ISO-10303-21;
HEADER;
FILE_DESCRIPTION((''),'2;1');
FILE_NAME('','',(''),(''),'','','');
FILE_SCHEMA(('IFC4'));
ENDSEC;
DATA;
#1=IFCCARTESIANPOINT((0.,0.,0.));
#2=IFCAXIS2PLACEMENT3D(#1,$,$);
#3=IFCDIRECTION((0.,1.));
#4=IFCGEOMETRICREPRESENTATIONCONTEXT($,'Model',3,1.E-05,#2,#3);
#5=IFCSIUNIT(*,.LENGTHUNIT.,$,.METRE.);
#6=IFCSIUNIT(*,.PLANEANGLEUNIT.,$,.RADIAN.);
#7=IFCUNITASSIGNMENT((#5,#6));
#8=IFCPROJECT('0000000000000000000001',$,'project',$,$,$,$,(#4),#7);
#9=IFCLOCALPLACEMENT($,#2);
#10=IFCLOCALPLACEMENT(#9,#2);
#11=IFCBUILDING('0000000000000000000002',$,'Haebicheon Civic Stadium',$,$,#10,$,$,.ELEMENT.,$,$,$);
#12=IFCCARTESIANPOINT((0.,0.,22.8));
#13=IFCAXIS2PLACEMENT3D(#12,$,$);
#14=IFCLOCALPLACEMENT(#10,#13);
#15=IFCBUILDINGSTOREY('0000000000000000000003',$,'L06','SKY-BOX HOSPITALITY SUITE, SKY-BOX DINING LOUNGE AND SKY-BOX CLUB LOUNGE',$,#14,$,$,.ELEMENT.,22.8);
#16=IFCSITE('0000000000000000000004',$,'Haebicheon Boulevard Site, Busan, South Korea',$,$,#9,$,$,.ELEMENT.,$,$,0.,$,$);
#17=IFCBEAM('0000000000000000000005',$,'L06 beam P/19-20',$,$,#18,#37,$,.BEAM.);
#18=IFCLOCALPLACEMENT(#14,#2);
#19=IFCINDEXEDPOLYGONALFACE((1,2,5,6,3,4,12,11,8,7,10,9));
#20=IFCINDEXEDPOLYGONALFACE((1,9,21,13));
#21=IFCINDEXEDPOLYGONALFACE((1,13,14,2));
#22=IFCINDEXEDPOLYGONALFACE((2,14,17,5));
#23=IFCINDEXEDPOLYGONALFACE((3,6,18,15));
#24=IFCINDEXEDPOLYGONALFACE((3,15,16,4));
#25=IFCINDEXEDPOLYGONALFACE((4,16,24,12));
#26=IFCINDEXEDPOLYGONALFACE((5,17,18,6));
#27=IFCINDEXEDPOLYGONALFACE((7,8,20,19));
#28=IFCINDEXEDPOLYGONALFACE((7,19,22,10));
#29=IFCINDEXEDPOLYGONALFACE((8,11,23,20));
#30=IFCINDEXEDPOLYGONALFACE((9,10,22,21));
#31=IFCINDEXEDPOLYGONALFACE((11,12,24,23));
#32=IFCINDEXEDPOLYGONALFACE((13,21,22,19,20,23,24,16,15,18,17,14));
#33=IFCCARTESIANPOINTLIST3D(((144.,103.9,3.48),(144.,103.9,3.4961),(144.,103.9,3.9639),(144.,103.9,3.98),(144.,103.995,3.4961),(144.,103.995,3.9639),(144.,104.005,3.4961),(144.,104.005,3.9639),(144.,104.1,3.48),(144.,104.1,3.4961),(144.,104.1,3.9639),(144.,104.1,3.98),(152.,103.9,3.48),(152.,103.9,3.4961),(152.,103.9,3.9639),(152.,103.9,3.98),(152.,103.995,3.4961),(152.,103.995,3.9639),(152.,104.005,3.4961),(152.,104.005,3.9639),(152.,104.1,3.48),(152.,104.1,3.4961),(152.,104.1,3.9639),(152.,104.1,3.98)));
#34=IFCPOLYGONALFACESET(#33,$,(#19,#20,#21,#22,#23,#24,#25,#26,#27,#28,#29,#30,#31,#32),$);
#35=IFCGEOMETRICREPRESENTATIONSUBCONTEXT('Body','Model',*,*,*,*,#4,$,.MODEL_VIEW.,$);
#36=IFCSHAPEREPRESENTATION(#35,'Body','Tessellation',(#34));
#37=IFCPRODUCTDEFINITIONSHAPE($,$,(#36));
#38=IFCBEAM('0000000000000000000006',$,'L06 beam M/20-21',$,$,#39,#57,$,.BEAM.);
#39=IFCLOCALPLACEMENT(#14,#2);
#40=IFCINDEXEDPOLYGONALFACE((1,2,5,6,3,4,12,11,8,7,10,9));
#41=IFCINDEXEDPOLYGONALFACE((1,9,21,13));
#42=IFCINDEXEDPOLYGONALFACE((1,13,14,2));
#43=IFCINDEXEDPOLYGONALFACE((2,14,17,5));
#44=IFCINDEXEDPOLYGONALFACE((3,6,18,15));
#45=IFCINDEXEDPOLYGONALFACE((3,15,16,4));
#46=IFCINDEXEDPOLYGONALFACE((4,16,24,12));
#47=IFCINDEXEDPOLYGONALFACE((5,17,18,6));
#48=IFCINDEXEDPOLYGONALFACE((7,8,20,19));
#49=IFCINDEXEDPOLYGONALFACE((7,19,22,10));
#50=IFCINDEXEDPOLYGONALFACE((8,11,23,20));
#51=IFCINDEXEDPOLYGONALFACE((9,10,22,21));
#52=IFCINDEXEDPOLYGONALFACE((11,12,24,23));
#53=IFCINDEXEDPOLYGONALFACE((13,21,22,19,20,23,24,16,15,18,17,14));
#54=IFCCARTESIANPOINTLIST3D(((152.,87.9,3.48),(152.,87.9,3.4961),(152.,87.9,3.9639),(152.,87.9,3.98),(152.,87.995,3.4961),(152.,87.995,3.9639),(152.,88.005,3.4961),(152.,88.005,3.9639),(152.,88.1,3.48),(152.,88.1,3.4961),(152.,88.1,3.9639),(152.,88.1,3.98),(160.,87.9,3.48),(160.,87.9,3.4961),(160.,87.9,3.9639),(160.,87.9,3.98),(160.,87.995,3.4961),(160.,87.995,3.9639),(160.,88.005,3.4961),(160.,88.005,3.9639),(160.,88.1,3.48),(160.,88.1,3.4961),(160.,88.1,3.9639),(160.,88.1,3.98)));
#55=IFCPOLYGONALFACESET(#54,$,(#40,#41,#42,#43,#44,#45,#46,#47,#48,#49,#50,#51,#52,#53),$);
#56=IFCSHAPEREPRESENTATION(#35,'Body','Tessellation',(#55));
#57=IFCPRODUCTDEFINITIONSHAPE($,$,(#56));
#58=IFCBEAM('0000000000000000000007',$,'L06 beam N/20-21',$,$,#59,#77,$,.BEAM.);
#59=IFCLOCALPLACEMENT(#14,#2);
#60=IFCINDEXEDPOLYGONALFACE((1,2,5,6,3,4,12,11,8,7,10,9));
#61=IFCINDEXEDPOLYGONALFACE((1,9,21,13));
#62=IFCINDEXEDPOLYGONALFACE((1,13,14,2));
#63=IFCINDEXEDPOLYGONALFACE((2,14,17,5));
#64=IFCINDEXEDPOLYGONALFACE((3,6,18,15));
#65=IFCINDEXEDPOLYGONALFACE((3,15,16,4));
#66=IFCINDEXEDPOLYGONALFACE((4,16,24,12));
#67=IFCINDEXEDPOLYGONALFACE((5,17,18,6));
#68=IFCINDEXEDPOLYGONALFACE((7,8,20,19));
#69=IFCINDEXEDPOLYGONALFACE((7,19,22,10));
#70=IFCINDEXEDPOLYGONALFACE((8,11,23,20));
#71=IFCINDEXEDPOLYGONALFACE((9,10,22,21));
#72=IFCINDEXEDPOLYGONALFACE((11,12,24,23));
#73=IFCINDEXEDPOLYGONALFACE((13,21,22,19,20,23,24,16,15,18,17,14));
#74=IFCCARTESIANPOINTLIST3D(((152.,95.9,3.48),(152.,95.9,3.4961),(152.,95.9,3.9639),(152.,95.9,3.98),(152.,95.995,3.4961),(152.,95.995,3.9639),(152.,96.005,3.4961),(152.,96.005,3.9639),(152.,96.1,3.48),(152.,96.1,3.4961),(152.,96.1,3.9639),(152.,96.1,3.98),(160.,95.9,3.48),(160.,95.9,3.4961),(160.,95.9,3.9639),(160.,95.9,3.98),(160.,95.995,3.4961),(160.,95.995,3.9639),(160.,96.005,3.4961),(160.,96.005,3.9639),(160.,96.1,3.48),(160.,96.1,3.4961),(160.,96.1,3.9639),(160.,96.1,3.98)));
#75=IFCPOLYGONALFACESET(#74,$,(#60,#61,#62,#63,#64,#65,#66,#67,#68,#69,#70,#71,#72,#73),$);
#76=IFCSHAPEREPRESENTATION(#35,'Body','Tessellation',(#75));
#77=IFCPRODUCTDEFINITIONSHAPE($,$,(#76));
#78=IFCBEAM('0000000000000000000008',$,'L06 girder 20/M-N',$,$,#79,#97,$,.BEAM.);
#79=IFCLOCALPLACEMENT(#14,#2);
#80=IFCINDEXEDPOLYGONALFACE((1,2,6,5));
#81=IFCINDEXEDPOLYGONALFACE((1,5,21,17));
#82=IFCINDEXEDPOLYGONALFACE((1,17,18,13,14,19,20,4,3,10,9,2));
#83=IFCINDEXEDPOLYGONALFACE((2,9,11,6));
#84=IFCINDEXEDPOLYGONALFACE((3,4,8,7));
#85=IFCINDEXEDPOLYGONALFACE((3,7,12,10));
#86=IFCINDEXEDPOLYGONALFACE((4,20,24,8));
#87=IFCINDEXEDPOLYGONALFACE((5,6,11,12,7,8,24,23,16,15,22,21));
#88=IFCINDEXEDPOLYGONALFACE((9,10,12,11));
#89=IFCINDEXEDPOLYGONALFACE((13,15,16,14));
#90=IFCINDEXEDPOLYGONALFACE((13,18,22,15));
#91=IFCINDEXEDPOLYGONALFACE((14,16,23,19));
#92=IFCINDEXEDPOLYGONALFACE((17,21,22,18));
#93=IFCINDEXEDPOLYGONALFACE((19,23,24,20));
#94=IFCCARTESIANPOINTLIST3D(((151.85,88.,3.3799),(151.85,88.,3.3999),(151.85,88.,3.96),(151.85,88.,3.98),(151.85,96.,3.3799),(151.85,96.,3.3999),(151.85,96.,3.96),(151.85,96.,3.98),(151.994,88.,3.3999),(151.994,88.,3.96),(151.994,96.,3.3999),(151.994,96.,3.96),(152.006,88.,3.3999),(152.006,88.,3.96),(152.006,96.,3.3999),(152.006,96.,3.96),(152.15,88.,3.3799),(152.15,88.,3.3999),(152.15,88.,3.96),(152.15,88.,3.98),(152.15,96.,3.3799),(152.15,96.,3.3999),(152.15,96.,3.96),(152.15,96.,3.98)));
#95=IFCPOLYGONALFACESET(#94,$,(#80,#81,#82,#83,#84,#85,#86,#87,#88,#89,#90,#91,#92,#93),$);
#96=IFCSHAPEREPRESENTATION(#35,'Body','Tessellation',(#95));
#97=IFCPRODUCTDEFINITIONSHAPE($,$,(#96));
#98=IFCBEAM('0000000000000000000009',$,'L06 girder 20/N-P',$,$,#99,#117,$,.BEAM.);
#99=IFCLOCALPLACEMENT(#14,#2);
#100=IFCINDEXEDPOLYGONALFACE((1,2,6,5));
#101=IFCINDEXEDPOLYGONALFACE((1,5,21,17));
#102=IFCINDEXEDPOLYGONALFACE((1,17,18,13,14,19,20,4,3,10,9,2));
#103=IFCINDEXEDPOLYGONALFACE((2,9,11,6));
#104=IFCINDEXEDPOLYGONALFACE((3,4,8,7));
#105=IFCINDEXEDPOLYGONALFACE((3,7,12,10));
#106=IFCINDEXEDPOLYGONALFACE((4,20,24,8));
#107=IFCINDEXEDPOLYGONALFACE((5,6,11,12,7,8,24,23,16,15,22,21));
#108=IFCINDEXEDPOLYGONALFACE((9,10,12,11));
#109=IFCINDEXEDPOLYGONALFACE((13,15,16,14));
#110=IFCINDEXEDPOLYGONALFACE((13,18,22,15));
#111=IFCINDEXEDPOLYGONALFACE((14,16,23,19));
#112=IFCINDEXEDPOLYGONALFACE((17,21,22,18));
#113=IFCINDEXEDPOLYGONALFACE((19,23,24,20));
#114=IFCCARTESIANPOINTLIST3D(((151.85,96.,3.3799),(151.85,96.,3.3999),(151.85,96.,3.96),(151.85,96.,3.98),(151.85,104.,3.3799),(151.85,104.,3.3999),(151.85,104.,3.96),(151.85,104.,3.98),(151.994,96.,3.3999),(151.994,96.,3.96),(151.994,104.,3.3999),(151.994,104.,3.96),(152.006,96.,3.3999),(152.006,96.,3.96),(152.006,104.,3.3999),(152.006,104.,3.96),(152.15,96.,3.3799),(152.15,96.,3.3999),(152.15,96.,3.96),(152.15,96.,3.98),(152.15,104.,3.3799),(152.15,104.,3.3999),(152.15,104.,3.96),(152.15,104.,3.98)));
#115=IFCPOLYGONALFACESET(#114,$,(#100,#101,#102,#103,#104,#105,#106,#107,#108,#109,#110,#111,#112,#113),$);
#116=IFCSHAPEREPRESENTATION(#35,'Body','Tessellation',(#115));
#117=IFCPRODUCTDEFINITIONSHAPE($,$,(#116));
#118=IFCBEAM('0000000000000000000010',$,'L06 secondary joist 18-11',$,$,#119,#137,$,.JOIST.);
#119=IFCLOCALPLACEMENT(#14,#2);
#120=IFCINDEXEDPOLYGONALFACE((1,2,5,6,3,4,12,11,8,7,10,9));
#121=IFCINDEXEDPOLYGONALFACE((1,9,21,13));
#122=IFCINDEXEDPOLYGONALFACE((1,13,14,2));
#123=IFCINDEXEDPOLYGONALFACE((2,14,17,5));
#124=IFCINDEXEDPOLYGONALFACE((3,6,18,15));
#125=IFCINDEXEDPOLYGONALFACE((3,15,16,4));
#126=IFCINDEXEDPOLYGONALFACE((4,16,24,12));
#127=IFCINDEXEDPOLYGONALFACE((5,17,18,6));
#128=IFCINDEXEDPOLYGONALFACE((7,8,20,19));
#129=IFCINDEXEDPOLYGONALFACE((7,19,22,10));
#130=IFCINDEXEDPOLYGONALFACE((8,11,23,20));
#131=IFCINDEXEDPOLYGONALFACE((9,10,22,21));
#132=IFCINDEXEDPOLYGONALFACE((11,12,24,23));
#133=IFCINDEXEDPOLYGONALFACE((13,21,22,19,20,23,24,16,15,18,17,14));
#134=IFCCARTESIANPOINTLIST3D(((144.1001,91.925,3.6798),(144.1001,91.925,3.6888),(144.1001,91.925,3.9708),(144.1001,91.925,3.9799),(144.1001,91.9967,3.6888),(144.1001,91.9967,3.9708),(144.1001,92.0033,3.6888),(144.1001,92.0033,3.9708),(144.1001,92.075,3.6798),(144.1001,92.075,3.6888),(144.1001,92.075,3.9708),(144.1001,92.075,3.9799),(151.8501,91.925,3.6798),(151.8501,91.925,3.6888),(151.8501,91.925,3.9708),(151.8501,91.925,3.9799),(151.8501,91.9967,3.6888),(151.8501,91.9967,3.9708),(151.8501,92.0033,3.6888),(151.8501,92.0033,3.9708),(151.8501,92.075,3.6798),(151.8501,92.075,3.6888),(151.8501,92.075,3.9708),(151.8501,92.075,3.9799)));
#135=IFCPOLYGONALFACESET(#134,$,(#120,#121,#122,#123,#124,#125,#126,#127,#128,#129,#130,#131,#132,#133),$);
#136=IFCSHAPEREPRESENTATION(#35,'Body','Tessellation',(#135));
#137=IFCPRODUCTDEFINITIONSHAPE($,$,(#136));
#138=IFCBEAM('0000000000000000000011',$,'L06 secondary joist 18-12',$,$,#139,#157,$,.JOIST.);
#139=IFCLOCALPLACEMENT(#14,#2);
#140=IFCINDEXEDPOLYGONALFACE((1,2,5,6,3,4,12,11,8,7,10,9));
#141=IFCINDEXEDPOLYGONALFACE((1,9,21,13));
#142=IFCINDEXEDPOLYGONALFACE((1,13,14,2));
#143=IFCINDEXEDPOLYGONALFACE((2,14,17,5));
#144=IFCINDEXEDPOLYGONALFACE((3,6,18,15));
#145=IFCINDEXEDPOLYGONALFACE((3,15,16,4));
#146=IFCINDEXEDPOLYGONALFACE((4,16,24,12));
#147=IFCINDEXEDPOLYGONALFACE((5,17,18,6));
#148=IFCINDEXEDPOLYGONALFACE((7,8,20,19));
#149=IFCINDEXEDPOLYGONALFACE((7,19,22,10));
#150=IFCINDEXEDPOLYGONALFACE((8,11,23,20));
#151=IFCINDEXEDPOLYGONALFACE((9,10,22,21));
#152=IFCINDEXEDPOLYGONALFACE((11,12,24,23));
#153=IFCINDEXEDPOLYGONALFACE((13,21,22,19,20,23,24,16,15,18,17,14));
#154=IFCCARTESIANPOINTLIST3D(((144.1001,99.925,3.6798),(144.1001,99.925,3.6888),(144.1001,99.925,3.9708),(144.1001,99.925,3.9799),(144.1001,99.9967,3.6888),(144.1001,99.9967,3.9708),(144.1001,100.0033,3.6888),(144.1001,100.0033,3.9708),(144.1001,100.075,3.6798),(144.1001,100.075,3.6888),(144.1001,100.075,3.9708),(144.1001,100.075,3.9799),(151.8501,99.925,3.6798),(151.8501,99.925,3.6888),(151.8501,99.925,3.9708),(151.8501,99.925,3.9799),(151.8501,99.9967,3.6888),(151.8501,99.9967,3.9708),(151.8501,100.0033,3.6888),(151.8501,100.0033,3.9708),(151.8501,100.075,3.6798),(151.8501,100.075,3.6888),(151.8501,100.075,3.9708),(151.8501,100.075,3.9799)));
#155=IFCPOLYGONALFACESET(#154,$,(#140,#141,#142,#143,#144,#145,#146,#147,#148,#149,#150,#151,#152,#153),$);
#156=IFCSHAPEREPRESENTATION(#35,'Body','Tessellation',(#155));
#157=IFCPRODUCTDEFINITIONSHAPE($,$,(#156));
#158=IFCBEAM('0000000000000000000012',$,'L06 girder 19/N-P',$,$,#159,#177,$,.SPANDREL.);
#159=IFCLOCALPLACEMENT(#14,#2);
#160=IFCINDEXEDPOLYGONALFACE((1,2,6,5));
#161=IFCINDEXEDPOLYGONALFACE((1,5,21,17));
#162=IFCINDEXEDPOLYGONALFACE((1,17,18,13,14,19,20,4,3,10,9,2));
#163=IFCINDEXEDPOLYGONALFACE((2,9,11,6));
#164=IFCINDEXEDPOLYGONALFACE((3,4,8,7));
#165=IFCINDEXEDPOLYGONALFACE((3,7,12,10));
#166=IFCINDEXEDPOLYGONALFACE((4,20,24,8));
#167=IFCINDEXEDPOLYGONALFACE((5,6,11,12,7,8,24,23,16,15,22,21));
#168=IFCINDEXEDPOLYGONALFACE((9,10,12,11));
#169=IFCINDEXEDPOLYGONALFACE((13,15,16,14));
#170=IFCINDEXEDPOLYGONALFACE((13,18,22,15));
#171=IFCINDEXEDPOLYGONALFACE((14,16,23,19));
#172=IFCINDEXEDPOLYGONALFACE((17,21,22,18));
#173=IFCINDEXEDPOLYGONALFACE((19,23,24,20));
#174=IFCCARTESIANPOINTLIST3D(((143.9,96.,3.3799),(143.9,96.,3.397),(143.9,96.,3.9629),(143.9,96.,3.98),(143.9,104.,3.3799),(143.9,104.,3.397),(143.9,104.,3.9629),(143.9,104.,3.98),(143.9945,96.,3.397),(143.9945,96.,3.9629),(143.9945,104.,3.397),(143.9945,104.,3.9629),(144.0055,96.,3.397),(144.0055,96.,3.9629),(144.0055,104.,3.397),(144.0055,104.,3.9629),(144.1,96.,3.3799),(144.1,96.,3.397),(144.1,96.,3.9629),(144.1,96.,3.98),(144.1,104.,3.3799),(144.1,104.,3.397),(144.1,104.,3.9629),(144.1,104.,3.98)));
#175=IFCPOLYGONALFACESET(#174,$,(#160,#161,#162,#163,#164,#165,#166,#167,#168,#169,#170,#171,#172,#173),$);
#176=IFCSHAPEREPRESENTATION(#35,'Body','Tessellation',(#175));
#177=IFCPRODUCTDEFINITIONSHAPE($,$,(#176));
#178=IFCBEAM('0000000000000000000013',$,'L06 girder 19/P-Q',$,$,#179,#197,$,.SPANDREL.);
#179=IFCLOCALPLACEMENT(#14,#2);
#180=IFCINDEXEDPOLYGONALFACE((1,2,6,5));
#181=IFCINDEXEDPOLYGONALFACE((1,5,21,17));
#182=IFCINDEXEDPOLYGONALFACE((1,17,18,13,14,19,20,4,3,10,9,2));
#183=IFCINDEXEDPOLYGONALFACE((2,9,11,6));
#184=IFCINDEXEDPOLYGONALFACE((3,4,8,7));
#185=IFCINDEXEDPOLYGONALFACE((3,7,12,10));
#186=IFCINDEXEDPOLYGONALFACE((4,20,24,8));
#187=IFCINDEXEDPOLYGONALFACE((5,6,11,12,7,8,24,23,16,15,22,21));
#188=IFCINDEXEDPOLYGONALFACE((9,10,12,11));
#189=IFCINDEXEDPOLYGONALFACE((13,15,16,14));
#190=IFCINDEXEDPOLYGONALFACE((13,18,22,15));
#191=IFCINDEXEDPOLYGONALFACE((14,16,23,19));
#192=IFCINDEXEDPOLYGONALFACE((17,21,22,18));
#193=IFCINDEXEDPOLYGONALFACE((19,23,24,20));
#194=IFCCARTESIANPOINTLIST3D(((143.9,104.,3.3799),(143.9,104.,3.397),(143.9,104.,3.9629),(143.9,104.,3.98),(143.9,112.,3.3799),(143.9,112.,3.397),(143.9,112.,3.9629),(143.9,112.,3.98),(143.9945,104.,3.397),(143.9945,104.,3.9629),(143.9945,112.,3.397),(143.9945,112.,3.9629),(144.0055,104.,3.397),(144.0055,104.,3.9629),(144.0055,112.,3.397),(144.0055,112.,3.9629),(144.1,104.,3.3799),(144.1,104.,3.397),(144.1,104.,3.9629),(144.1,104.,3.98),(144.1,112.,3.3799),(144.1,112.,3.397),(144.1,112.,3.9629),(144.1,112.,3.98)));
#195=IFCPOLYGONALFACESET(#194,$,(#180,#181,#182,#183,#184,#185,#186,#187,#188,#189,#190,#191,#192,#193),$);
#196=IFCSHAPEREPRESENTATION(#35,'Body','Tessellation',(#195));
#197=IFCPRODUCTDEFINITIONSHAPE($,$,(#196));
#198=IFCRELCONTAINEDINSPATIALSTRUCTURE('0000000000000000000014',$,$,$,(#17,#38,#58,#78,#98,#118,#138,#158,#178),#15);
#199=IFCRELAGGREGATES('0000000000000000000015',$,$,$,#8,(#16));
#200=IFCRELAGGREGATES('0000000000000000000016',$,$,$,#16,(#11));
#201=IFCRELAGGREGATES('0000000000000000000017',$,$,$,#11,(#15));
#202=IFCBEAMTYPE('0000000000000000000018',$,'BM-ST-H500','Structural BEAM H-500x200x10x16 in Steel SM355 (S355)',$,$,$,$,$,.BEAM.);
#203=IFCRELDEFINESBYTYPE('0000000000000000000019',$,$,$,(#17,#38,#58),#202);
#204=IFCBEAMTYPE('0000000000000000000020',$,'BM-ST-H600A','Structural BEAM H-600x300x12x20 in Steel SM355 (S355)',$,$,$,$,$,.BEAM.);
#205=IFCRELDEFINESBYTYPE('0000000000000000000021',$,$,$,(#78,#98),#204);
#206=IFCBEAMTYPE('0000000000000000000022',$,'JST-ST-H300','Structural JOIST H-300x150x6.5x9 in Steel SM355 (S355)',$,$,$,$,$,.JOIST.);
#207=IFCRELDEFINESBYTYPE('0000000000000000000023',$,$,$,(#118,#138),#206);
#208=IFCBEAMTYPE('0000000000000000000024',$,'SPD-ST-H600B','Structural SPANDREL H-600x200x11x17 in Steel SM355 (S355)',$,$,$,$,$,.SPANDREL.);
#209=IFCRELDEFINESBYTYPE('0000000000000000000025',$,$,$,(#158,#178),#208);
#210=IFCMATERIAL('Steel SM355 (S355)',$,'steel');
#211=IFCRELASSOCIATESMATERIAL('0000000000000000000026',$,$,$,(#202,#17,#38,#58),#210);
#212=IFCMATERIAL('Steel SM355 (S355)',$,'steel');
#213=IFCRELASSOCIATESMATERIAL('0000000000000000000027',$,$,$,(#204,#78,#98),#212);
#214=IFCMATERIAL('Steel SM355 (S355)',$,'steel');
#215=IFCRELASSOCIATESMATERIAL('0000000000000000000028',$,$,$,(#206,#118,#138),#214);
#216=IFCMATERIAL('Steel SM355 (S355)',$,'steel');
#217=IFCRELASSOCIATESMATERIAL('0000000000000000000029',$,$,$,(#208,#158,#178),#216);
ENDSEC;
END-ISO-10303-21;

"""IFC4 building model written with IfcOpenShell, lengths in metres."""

from ifc_helpers import new_model, si_unit, direction, frame, origin, origin_2d, place, context, subcontext, project, spatial, i_section, extrude, material, material_profile, profile_set, type_object, element, save


model = new_model("IFC4")

# Units and contexts
model_context = context("Model", 3, precision=1e-05, world=origin(), true_north=direction((0.0, 1.0)))
body_context = subcontext(model_context, "Body", "Model", "MODEL_VIEW")
ifc_project = project(units=[si_unit("LENGTHUNIT", "METRE"), si_unit("PLANEANGLEUNIT", "RADIAN")], contexts=[model_context])

# Site, building, storey
site_placement = place(None, origin())
site = spatial("IfcSite", under=ifc_project, at=site_placement, Name="Haebicheon Boulevard Site, Busan, South Korea", CompositionType="ELEMENT", RefElevation=0.0)
building_placement = place(site_placement, origin())
building = spatial("IfcBuilding", under=site, at=building_placement, Name="Haebicheon Civic Stadium", CompositionType="ELEMENT")
storey_placement = place(building_placement, frame((0.0, 0.0, 22.8)))
storey = spatial("IfcBuildingStorey", under=building, at=storey_placement, Name="L06", Description="SKY-BOX HOSPITALITY SUITE, SKY-BOX DINING LOUNGE AND SKY-BOX CLUB LOUNGE", CompositionType="ELEMENT", Elevation=22.8)

# Beams
ifc_material_1 = material(Name="Steel SM355 (S355)", Category="steel")
ifc_material_profile_1 = material_profile(ifc_material_1, i_section(OverallWidth=0.2, OverallDepth=0.5, WebThickness=0.01, FlangeThickness=0.0161, at=origin_2d()), Name="H-500x200x10x16")
ifc_profile_set_1 = profile_set([ifc_material_profile_1], Name="Steel SM355 (S355)")
beam_type_1 = type_object("IfcBeamType", Name="BM-ST-H500", Description="Structural BEAM H-500x200x10x16 in Steel SM355 (S355)", PredefinedType="BEAM", material=ifc_profile_set_1)
for number, where, z_axis, x_axis, name in (
    (1, (144.0, 104.0, 3.73), (1.0, 0.0, 0.0), (0.0, 1.0, 0.0), "L06 beam P/19-20"),
    (2, (152.0, 88.0, 3.73), (1.0, 0.0, 0.0), (0.0, 1.0, 0.0), "L06 beam M/20-21"),
    (3, (152.0, 96.0, 3.73), (1.0, 0.0, 0.0), (0.0, 1.0, 0.0), "L06 beam N/20-21"),
):
    element("IfcBeam", number, at=place(storey_placement, frame(where, z_axis=z_axis, x_axis=x_axis)), inside=storey, type_object=beam_type_1, material=ifc_profile_set_1, Name=name, PredefinedType="BEAM", context=body_context, shape_type="SweptSolid", body=[
        extrude(i_section(OverallWidth=0.2, OverallDepth=0.5, WebThickness=0.01, FlangeThickness=0.0161, at=origin_2d()), origin(), (0.0, 0.0, 1.0), 8.0),
    ])
ifc_material_2 = material(Name="Steel SM355 (S355)", Category="steel")
ifc_material_profile_2 = material_profile(ifc_material_2, i_section(OverallWidth=0.3, OverallDepth=0.6001, WebThickness=0.012, FlangeThickness=0.02, at=origin_2d()), Name="H-600x300x12x20")
ifc_profile_set_2 = profile_set([ifc_material_profile_2], Name="Steel SM355 (S355)")
beam_type_2 = type_object("IfcBeamType", Name="BM-ST-H600A", Description="Structural BEAM H-600x300x12x20 in Steel SM355 (S355)", PredefinedType="BEAM", material=ifc_profile_set_2)
for number, where, z_axis, x_axis, name in (
    (4, (152.0, 88.0, 3.6799), (0.0, 1.0, 0.0), (-1.0, 0.0, 0.0), "L06 girder 20/M-N"),
    (5, (152.0, 96.0, 3.6799), (0.0, 1.0, 0.0), (-1.0, 0.0, 0.0), "L06 girder 20/N-P"),
):
    element("IfcBeam", number, at=place(storey_placement, frame(where, z_axis=z_axis, x_axis=x_axis)), inside=storey, type_object=beam_type_2, material=ifc_profile_set_2, Name=name, PredefinedType="BEAM", context=body_context, shape_type="SweptSolid", body=[
        extrude(i_section(OverallWidth=0.3, OverallDepth=0.6001, WebThickness=0.012, FlangeThickness=0.02, at=origin_2d()), origin(), (0.0, 0.0, 1.0), 8.0),
    ])
ifc_material_3 = material(Name="Steel SM355 (S355)", Category="steel")
ifc_material_profile_3 = material_profile(ifc_material_3, i_section(OverallWidth=0.1499, OverallDepth=0.3, WebThickness=0.0066, FlangeThickness=0.009, at=origin_2d()), Name="H-300x150x6.5x9")
ifc_profile_set_3 = profile_set([ifc_material_profile_3], Name="Steel SM355 (S355)")
beam_type_3 = type_object("IfcBeamType", Name="JST-ST-H300", Description="Structural JOIST H-300x150x6.5x9 in Steel SM355 (S355)", PredefinedType="JOIST", material=ifc_profile_set_3)
for number, where, z_axis, x_axis, name in (
    (6, (144.1001, 92.0, 3.8298), (1.0, 0.0, 0.0), (0.0, 1.0, 0.0), "L06 secondary joist 18-11"),
    (7, (144.1001, 100.0, 3.8298), (1.0, 0.0, 0.0), (0.0, 1.0, 0.0), "L06 secondary joist 18-12"),
):
    element("IfcBeam", number, at=place(storey_placement, frame(where, z_axis=z_axis, x_axis=x_axis)), inside=storey, type_object=beam_type_3, material=ifc_profile_set_3, Name=name, PredefinedType="JOIST", context=body_context, shape_type="SweptSolid", body=[
        extrude(i_section(OverallWidth=0.1499, OverallDepth=0.3, WebThickness=0.0066, FlangeThickness=0.009, at=origin_2d()), origin(), (0.0, 0.0, 1.0), 7.75),
    ])
ifc_material_4 = material(Name="Steel SM355 (S355)", Category="steel")
ifc_material_profile_4 = material_profile(ifc_material_4, i_section(OverallWidth=0.2, OverallDepth=0.6001, WebThickness=0.011, FlangeThickness=0.0171, at=origin_2d()), Name="H-600x200x11x17")
ifc_profile_set_4 = profile_set([ifc_material_profile_4], Name="Steel SM355 (S355)")
beam_type_4 = type_object("IfcBeamType", Name="SPD-ST-H600B", Description="Structural SPANDREL H-600x200x11x17 in Steel SM355 (S355)", PredefinedType="SPANDREL", material=ifc_profile_set_4)
for number, where, z_axis, x_axis, name in (
    (8, (144.0, 96.0, 3.6799), (0.0, 1.0, 0.0), (-1.0, 0.0, 0.0), "L06 girder 19/N-P"),
    (9, (144.0, 104.0, 3.6799), (0.0, 1.0, 0.0), (-1.0, 0.0, 0.0), "L06 girder 19/P-Q"),
):
    element("IfcBeam", number, at=place(storey_placement, frame(where, z_axis=z_axis, x_axis=x_axis)), inside=storey, type_object=beam_type_4, material=ifc_profile_set_4, Name=name, PredefinedType="SPANDREL", context=body_context, shape_type="SweptSolid", body=[
        extrude(i_section(OverallWidth=0.2, OverallDepth=0.6001, WebThickness=0.011, FlangeThickness=0.0171, at=origin_2d()), origin(), (0.0, 0.0, 1.0), 8.0),
    ])

save(model, "model.ifc")
